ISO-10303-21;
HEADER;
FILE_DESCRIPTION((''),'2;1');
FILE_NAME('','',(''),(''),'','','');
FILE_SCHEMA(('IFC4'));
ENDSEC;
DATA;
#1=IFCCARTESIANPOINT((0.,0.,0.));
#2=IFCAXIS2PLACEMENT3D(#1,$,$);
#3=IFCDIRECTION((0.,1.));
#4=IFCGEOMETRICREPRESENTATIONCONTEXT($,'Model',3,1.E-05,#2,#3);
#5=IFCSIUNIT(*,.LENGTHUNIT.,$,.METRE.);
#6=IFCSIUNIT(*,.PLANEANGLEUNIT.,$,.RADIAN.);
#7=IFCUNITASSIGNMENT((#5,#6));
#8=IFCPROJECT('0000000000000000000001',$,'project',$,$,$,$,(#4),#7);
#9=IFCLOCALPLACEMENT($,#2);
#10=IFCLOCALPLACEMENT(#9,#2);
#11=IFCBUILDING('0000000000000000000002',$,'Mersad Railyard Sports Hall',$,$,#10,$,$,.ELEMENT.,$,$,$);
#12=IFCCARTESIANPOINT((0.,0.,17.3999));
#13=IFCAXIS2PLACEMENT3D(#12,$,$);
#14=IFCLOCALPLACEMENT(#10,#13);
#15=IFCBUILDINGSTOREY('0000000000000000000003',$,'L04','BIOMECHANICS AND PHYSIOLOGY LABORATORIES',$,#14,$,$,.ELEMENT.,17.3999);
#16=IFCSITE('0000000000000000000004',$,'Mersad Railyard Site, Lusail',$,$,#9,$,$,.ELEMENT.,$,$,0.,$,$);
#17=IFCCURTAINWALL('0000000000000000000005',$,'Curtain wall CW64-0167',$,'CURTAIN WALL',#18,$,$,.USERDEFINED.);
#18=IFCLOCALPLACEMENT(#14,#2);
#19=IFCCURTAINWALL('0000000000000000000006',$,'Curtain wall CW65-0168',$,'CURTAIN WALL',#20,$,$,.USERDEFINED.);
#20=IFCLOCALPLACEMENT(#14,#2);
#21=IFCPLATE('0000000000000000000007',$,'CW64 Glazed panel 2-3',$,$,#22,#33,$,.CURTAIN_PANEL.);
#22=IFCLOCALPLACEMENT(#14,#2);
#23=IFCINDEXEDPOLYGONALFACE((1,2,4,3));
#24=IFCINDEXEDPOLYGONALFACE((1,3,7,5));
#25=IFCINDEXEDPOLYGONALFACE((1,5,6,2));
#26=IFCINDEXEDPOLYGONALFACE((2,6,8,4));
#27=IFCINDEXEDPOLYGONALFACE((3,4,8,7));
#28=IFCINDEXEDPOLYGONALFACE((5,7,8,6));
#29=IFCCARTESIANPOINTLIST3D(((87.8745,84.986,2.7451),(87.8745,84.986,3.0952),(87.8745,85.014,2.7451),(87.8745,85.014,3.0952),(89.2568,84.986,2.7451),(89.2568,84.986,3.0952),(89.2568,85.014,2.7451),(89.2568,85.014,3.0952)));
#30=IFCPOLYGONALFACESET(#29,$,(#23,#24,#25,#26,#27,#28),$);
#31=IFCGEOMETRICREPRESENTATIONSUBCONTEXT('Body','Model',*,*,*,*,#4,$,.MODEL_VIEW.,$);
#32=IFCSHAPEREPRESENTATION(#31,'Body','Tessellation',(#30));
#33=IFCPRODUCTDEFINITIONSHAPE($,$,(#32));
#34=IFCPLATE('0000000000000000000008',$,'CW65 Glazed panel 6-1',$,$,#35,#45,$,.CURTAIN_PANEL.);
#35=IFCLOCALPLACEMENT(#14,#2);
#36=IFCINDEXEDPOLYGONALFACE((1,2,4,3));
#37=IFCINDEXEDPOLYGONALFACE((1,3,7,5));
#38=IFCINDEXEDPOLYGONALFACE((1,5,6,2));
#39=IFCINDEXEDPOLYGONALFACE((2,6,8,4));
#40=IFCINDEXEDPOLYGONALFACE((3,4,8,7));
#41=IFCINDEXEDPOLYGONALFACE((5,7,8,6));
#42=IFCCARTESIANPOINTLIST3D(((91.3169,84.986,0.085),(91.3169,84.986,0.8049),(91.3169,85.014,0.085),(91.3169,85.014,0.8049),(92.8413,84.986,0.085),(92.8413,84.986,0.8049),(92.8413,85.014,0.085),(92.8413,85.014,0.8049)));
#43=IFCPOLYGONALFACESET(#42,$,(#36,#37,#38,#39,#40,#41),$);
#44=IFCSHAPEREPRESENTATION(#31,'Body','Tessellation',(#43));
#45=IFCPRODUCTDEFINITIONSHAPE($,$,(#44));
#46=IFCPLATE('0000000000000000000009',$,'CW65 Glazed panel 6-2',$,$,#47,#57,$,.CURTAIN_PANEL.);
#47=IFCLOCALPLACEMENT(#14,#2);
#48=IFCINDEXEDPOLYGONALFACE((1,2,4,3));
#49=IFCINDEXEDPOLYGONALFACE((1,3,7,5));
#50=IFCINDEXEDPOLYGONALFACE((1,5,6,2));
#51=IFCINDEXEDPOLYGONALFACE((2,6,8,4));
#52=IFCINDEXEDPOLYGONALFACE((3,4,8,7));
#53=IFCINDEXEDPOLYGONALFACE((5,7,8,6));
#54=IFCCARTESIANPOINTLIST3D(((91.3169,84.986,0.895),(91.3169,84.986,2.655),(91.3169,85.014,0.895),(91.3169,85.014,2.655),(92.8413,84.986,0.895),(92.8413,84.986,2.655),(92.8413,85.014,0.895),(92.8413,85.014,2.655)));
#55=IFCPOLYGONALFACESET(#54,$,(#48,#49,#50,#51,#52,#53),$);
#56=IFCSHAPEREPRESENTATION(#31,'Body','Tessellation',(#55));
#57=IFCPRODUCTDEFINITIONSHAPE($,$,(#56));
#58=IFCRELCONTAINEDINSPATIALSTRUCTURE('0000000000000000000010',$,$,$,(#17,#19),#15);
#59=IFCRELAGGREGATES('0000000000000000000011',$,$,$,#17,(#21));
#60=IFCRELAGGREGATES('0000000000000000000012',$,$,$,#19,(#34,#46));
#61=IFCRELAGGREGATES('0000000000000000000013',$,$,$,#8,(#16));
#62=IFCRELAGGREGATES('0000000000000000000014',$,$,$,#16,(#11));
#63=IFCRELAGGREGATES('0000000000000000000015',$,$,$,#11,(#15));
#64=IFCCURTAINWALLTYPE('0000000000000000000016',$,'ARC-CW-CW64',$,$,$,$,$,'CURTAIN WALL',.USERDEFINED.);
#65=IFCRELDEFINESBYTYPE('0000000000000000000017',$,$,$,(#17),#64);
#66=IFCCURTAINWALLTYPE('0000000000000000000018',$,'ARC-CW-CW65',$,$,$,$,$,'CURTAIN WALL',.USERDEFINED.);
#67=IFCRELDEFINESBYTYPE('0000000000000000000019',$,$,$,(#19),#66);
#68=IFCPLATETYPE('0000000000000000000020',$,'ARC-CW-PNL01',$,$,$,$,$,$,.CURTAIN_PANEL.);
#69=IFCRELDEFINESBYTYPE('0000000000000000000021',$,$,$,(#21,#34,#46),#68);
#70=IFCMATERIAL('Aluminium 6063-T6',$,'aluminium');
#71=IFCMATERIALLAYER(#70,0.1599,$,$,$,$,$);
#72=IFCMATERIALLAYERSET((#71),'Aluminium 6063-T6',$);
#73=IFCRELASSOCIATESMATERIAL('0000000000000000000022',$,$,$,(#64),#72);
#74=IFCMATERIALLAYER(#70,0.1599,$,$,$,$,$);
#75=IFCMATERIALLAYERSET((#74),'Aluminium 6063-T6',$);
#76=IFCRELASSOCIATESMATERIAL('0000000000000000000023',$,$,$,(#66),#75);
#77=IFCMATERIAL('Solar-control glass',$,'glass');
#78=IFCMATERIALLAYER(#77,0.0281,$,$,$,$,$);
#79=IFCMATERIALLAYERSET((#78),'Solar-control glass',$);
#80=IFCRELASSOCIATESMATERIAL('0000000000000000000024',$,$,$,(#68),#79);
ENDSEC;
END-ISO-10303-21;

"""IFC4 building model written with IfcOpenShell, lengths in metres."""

from ifc_helpers import new_model, si_unit, direction, frame, origin, origin_2d, place, context, subcontext, project, spatial, rectangle, extrude, material, layer, layer_set, type_object, element, aggregate, save


model = new_model("IFC4")

# Units and contexts
model_context = context("Model", 3, precision=1e-05, world=origin(), true_north=direction((0.0, 1.0)))
body_context = subcontext(model_context, "Body", "Model", "MODEL_VIEW")
ifc_project = project(units=[si_unit("LENGTHUNIT", "METRE"), si_unit("PLANEANGLEUNIT", "RADIAN")], contexts=[model_context])

# Site, building, storey
site_placement = place(None, origin())
site = spatial("IfcSite", under=ifc_project, at=site_placement, Name="Mersad Railyard Site, Lusail", CompositionType="ELEMENT", RefElevation=0.0)
building_placement = place(site_placement, origin())
building = spatial("IfcBuilding", under=site, at=building_placement, Name="Mersad Railyard Sports Hall", CompositionType="ELEMENT")
storey_placement = place(building_placement, frame((0.0, 0.0, 17.3999)))
storey = spatial("IfcBuildingStorey", under=building, at=storey_placement, Name="L04", Description="BIOMECHANICS AND PHYSIOLOGY LABORATORIES", CompositionType="ELEMENT", Elevation=17.3999)

# Curtain wall
ifc_material_1 = material(Name="Aluminium 6063-T6", Category="aluminium")
ifc_layer_1 = layer(ifc_material_1, 0.1599)
ifc_layer_set_1 = layer_set([ifc_layer_1], Name="Aluminium 6063-T6")
curtain_wall_type_1 = type_object("IfcCurtainWallType", Name="ARC-CW-CW64", ElementType="CURTAIN WALL", PredefinedType="USERDEFINED", material=ifc_layer_set_1)
curtain_wall_1_placement = place(storey_placement, origin())
curtain_wall_1 = element("IfcCurtainWall", 1, at=curtain_wall_1_placement, inside=storey, type_object=curtain_wall_type_1, Name="Curtain wall CW64-0167", ObjectType="CURTAIN WALL", PredefinedType="USERDEFINED")

# Curtain wall
ifc_layer_2 = layer(ifc_material_1, 0.1599)
ifc_layer_set_2 = layer_set([ifc_layer_2], Name="Aluminium 6063-T6")
curtain_wall_type_2 = type_object("IfcCurtainWallType", Name="ARC-CW-CW65", ElementType="CURTAIN WALL", PredefinedType="USERDEFINED", material=ifc_layer_set_2)
curtain_wall_2_placement = place(storey_placement, origin())
curtain_wall_2 = element("IfcCurtainWall", 2, at=curtain_wall_2_placement, inside=storey, type_object=curtain_wall_type_2, Name="Curtain wall CW65-0168", ObjectType="CURTAIN WALL", PredefinedType="USERDEFINED")

# Plates
ifc_material_2 = material(Name="Solar-control glass", Category="glass")
ifc_layer_3 = layer(ifc_material_2, 0.0281)
ifc_layer_set_3 = layer_set([ifc_layer_3], Name="Solar-control glass")
plate_type = type_object("IfcPlateType", Name="ARC-CW-PNL01", PredefinedType="CURTAIN_PANEL", material=ifc_layer_set_3)
plate_1_placement = place(storey_placement, frame((88.5657, 85.0, 2.7451), z_axis=(0.0, 0.0, 1.0), x_axis=(-1.0, 0.0, 0.0)))
plate_1 = element("IfcPlate", 3, at=plate_1_placement, type_object=plate_type, Name="CW64 Glazed panel 2-3", PredefinedType="CURTAIN_PANEL", context=body_context, shape_type="SweptSolid", body=[
    extrude(rectangle(XDim=1.3823, YDim=0.0281, at=origin_2d()), origin(), (0.0, 0.0, 1.0), 0.3501),
])
aggregate(curtain_wall_1, [plate_1])
plate_2_placement = place(storey_placement, frame((92.0791, 85.0, 0.085), z_axis=(0.0, 0.0, 1.0), x_axis=(-1.0, 0.0, 0.0)))
plate_2 = element("IfcPlate", 4, at=plate_2_placement, type_object=plate_type, Name="CW65 Glazed panel 6-1", PredefinedType="CURTAIN_PANEL", context=body_context, shape_type="SweptSolid", body=[
    extrude(rectangle(XDim=1.5244, YDim=0.0281, at=origin_2d()), origin(), (0.0, 0.0, 1.0), 0.72),
])
plate_3_placement = place(storey_placement, frame((92.0791, 85.0, 0.895), z_axis=(0.0, 0.0, 1.0), x_axis=(-1.0, 0.0, 0.0)))
plate_3 = element("IfcPlate", 5, at=plate_3_placement, type_object=plate_type, Name="CW65 Glazed panel 6-2", PredefinedType="CURTAIN_PANEL", context=body_context, shape_type="SweptSolid", body=[
    extrude(rectangle(XDim=1.5244, YDim=0.0281, at=origin_2d()), origin(), (0.0, 0.0, 1.0), 1.76),
])
aggregate(curtain_wall_2, [plate_2, plate_3])

save(model, "model.ifc")
